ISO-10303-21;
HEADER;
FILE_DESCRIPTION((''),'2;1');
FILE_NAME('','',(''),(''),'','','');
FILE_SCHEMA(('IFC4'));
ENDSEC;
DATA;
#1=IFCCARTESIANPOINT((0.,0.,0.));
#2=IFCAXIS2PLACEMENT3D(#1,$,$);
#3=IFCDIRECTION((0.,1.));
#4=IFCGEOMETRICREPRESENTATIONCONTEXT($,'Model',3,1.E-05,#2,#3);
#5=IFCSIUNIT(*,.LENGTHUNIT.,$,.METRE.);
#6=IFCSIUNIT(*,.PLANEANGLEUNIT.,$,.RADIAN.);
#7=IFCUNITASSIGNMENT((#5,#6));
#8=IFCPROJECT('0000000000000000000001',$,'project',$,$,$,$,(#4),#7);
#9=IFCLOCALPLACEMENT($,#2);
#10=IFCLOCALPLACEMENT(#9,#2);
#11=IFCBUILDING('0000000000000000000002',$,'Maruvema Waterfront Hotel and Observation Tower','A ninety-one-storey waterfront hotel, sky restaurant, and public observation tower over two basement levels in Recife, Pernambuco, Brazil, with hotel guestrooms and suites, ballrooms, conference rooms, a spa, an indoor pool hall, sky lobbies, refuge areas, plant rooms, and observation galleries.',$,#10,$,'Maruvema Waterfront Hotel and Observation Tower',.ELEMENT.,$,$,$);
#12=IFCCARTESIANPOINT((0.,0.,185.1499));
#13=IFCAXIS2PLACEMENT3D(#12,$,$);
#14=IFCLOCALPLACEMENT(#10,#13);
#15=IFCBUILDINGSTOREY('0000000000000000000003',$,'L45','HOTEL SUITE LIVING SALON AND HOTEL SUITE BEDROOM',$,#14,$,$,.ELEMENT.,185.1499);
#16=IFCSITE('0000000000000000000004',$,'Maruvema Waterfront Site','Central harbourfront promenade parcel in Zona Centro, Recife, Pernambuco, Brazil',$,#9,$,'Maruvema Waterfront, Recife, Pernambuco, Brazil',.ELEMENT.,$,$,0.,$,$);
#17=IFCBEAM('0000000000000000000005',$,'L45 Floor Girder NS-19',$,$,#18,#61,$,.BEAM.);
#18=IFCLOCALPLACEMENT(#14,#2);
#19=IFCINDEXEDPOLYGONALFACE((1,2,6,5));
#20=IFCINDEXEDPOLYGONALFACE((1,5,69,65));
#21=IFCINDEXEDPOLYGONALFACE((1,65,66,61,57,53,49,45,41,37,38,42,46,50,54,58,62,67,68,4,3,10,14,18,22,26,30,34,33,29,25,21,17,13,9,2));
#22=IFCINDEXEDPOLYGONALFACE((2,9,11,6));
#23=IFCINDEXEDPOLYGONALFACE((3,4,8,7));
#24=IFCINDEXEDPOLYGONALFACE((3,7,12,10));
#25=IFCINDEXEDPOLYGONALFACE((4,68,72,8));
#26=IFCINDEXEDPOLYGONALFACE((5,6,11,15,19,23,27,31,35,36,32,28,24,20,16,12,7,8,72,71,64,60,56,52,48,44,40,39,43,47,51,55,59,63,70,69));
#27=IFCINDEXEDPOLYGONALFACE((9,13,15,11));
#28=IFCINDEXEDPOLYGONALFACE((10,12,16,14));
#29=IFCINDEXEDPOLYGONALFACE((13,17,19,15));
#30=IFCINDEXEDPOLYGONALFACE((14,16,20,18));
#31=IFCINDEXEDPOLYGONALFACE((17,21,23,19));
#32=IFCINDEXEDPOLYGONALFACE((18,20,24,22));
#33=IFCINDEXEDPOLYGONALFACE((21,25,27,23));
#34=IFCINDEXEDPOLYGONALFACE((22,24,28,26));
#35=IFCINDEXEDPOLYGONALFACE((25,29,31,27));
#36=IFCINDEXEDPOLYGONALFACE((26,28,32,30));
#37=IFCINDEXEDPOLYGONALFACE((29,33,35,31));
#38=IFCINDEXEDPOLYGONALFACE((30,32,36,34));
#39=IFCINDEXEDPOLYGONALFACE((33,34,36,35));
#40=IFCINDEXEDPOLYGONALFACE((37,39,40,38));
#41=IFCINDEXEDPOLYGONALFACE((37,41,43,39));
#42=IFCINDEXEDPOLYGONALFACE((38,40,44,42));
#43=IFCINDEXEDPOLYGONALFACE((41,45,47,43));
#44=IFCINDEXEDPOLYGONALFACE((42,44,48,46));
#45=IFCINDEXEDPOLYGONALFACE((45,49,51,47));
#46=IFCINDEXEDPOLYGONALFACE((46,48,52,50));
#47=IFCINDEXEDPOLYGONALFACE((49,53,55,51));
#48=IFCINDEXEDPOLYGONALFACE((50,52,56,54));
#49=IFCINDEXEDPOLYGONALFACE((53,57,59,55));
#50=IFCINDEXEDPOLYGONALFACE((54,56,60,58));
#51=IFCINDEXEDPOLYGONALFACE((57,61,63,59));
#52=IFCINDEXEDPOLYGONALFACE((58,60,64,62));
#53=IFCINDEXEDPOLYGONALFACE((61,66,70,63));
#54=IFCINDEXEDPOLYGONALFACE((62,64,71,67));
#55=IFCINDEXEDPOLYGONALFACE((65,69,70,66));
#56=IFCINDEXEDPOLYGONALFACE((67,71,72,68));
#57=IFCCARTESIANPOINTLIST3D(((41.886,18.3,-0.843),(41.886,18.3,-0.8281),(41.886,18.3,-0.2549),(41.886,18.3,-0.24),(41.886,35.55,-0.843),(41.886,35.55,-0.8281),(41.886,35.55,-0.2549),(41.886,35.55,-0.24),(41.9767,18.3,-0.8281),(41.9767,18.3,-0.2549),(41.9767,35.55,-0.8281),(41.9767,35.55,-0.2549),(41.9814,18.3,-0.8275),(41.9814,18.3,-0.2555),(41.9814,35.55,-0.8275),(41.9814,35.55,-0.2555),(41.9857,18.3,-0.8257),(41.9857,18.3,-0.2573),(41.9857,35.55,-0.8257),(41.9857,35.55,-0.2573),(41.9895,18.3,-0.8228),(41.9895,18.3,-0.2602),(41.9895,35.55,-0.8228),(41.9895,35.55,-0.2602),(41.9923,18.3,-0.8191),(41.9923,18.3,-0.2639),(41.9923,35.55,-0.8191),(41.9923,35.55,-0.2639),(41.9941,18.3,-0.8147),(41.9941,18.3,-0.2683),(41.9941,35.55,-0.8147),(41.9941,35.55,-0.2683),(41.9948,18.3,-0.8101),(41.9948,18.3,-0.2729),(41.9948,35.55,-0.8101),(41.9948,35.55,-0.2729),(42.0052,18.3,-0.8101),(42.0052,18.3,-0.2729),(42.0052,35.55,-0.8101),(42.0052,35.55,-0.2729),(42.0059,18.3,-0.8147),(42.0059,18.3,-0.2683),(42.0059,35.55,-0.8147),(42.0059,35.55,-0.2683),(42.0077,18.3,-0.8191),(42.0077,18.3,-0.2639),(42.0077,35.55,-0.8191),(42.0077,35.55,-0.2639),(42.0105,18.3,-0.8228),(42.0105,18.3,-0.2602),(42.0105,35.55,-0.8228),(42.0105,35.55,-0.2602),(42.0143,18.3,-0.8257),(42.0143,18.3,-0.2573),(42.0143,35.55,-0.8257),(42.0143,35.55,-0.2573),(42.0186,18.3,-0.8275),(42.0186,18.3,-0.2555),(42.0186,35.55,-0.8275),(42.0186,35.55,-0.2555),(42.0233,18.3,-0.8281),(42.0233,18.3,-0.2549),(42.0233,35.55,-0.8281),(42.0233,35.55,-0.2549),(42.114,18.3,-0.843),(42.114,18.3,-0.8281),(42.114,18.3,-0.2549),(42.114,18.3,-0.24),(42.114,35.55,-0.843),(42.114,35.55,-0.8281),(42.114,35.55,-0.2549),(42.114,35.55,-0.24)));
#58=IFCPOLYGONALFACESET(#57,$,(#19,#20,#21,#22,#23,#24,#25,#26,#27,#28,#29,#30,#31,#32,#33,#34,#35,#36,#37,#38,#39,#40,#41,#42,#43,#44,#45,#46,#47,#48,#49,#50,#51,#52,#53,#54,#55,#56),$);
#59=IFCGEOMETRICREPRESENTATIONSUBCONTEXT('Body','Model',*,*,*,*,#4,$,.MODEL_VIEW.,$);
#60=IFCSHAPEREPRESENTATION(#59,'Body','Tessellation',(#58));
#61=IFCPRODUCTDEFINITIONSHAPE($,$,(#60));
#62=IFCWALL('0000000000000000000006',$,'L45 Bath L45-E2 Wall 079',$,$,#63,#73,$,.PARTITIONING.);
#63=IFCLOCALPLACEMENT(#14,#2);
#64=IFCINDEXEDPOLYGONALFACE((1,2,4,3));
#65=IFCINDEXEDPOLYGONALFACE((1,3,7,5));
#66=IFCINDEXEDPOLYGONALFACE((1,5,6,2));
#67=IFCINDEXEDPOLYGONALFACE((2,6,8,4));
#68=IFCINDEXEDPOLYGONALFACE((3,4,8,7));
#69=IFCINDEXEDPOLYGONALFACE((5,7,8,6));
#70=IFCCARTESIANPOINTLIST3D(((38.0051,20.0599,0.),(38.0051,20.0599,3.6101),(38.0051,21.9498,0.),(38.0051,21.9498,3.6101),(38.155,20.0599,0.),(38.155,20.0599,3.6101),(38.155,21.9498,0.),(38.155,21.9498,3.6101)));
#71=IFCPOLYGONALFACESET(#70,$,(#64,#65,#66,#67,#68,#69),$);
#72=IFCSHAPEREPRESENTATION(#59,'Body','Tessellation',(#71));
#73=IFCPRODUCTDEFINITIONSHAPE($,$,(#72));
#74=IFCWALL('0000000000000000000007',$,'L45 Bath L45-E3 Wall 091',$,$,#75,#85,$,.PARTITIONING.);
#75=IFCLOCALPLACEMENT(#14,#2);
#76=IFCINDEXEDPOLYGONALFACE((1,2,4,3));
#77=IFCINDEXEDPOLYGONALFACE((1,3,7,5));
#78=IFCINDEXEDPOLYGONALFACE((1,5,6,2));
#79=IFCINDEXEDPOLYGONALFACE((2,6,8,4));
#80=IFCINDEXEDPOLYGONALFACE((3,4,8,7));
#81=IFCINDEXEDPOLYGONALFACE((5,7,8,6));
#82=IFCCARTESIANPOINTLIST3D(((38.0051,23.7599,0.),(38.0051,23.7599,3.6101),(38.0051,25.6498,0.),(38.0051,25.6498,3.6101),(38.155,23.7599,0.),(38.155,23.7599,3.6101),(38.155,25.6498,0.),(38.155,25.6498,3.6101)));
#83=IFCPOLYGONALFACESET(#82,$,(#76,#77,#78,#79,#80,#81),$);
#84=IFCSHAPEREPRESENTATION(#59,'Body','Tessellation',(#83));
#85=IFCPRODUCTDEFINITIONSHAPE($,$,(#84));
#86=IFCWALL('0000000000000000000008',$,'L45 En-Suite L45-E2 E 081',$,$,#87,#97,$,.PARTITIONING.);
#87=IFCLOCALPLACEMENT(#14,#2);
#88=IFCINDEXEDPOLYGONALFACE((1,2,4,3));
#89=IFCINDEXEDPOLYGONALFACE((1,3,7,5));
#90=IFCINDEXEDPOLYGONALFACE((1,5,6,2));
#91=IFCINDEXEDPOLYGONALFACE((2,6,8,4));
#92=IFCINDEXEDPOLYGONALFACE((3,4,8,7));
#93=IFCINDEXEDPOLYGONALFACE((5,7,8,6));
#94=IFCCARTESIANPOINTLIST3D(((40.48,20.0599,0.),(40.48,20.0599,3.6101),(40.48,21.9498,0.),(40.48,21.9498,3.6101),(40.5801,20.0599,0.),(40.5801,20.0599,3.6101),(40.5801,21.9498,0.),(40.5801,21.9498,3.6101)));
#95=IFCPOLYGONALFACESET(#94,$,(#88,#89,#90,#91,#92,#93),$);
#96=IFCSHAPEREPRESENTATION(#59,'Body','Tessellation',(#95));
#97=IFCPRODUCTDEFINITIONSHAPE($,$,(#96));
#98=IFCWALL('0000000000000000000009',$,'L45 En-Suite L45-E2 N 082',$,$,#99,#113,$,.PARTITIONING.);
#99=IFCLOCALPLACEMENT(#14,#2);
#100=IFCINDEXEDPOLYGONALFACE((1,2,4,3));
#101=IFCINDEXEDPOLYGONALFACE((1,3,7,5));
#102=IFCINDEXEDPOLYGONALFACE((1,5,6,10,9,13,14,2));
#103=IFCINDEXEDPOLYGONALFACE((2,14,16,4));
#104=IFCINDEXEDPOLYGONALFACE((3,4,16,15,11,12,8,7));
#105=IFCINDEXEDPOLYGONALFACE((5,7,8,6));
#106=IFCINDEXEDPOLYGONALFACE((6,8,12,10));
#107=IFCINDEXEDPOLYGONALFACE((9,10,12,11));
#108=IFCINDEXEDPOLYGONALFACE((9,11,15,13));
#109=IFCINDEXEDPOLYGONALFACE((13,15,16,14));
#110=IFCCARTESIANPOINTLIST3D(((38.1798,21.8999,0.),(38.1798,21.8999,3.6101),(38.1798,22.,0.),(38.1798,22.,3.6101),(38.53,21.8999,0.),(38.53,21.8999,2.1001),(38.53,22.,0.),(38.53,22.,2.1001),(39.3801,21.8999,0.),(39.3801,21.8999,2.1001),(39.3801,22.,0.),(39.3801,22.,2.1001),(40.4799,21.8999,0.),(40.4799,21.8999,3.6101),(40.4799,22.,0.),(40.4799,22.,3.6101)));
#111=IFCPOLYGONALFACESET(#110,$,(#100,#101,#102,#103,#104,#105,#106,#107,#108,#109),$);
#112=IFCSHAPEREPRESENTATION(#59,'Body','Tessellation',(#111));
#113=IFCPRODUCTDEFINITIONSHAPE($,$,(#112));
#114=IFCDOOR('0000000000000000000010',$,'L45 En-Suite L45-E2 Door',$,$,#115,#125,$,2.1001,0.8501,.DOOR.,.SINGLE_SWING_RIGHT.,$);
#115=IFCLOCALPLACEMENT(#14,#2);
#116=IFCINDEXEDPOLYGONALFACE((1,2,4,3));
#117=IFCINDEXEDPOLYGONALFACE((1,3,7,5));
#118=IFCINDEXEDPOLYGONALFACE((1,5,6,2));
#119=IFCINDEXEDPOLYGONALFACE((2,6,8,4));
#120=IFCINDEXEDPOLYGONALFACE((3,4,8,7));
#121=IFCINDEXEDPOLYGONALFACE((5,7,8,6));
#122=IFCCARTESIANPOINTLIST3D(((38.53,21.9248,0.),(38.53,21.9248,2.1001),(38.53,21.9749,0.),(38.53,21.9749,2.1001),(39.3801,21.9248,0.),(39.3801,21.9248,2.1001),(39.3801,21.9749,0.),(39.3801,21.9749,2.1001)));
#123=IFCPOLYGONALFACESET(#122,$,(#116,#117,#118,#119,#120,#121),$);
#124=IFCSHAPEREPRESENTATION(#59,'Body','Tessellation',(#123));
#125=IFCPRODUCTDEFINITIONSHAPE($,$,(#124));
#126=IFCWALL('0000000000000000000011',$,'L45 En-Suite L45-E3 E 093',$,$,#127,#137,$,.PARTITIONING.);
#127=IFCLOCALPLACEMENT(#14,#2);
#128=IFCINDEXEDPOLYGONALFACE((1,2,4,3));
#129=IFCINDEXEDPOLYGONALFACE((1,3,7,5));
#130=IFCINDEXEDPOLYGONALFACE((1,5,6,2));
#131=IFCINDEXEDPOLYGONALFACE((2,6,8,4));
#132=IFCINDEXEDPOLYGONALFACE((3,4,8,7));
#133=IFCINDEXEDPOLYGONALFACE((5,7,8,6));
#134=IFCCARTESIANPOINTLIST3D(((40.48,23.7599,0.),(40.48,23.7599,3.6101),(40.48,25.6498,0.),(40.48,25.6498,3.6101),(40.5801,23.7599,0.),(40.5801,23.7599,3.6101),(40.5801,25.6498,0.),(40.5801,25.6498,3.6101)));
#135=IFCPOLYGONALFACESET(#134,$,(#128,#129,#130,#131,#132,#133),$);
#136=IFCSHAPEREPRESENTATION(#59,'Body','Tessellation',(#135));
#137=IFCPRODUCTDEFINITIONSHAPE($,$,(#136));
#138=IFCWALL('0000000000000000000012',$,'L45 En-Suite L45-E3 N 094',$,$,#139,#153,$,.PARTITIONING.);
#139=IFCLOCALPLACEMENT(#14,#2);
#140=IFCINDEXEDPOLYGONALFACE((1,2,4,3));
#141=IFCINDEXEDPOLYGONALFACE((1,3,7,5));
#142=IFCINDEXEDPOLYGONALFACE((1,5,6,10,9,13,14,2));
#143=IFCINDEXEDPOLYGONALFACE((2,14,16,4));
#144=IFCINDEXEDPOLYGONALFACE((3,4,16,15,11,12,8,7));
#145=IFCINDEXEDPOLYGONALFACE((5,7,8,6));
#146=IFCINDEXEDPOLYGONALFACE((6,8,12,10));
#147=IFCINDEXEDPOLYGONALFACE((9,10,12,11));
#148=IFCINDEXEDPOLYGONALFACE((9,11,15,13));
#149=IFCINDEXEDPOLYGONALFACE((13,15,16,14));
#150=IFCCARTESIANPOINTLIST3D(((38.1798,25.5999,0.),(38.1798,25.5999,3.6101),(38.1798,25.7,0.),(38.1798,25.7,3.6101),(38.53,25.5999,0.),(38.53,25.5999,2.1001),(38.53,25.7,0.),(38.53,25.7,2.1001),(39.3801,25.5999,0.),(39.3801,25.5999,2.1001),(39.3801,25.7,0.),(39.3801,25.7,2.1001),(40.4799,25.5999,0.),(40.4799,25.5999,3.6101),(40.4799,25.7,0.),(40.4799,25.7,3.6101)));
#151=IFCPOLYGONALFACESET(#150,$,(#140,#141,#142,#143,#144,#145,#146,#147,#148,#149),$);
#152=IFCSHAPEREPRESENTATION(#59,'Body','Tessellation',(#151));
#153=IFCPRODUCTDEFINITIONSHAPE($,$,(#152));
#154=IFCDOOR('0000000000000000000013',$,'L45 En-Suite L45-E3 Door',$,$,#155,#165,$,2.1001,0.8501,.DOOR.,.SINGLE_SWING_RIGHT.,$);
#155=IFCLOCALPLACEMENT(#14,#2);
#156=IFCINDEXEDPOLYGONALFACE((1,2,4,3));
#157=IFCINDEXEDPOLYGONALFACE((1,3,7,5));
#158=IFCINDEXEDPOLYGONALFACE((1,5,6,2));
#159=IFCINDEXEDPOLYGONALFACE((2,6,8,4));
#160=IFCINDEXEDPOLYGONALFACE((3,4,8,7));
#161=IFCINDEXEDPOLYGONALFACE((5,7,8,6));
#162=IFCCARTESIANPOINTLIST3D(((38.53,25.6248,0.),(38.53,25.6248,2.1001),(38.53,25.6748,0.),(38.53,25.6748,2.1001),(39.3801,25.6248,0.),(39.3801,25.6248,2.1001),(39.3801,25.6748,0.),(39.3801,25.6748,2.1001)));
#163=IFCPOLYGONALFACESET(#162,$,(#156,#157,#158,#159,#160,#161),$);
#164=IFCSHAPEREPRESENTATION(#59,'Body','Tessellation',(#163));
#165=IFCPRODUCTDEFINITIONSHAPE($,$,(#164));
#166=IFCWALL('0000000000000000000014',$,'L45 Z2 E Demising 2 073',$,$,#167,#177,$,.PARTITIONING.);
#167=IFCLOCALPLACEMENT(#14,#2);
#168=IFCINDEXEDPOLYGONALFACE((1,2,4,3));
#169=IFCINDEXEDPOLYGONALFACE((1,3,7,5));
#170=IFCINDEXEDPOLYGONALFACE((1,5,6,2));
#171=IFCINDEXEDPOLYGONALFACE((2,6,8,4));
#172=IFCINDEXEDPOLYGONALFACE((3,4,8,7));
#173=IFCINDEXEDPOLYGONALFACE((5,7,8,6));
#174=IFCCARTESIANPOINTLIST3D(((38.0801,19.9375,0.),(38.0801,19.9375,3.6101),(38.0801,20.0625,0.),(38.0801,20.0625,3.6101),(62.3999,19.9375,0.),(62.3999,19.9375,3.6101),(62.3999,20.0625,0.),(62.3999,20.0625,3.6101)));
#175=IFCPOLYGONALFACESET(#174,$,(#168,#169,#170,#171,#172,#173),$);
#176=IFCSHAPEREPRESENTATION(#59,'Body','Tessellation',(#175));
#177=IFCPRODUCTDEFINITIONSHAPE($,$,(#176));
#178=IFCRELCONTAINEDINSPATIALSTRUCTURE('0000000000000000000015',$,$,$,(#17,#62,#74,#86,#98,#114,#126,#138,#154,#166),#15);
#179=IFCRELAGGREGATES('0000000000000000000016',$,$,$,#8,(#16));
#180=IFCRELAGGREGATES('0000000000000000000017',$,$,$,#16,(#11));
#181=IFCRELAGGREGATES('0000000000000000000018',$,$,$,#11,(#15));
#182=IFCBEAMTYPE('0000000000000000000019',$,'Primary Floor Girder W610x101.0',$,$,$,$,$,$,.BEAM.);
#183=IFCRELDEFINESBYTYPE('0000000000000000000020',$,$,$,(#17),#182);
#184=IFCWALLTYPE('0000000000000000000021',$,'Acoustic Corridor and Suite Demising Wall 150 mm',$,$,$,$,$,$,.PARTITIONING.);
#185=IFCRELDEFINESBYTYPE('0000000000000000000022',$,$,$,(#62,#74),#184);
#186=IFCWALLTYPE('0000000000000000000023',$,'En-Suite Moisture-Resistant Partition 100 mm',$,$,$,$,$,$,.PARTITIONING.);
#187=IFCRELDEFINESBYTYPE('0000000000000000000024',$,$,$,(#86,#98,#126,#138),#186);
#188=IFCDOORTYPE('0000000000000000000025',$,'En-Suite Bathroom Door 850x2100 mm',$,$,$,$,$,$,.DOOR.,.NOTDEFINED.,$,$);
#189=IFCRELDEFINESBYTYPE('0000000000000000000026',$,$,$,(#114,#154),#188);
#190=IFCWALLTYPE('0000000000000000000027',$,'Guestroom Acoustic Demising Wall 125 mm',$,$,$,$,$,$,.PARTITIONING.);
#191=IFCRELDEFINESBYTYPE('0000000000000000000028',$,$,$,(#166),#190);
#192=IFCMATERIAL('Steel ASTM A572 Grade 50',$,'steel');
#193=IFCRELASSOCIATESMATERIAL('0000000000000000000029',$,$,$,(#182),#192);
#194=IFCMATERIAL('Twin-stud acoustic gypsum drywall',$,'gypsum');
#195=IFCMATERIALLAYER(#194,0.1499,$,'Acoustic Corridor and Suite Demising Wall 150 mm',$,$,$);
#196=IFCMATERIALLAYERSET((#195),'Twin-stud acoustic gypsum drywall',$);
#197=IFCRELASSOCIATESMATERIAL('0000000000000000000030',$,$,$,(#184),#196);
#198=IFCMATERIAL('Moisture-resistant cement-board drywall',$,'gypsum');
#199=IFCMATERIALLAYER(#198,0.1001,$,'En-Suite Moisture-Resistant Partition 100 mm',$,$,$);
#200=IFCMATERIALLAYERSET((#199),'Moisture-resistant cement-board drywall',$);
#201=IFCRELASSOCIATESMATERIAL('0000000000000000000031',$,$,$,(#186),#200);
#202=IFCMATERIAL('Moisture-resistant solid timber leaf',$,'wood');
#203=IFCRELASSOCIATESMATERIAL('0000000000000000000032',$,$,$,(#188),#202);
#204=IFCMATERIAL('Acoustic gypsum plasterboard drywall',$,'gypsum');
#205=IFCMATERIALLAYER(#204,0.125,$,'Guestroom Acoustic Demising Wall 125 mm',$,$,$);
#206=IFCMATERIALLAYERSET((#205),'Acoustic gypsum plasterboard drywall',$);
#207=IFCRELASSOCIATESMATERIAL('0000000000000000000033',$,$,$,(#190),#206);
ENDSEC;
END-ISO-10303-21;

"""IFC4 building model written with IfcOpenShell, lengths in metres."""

from ifc_helpers import new_model, si_unit, direction, frame, frame_2d, origin, origin_2d, place, context, subcontext, project, spatial, rectangle, i_section, extrude, material, layer, layer_set, material_profile, profile_set, type_object, element, fill, save


model = new_model("IFC4")

# Units and contexts
model_context = context("Model", 3, precision=1e-05, world=origin(), true_north=direction((0.0, 1.0)))
body_context = subcontext(model_context, "Body", "Model", "MODEL_VIEW")
ifc_project = project(units=[si_unit("LENGTHUNIT", "METRE"), si_unit("PLANEANGLEUNIT", "RADIAN")], contexts=[model_context])

# Site, building, storey
site_placement = place(None, origin())
site = spatial("IfcSite", under=ifc_project, at=site_placement, Name="Maruvema Waterfront Site", Description="Central harbourfront promenade parcel in Zona Centro, Recife, Pernambuco, Brazil", LongName="Maruvema Waterfront, Recife, Pernambuco, Brazil", CompositionType="ELEMENT", RefElevation=0.0)
building_placement = place(site_placement, origin())
building = spatial("IfcBuilding", under=site, at=building_placement, Name="Maruvema Waterfront Hotel and Observation Tower", Description="A ninety-one-storey waterfront hotel, sky restaurant, and public observation tower over two basement levels in Recife, Pernambuco, Brazil, with hotel guestrooms and suites, ballrooms, conference rooms, a spa, an indoor pool hall, sky lobbies, refuge areas, plant rooms, and observation galleries.", LongName="Maruvema Waterfront Hotel and Observation Tower", CompositionType="ELEMENT")
storey_placement = place(building_placement, frame((0.0, 0.0, 185.1499)))
storey = spatial("IfcBuildingStorey", under=building, at=storey_placement, Name="L45", Description="HOTEL SUITE LIVING SALON AND HOTEL SUITE BEDROOM", CompositionType="ELEMENT", Elevation=185.1499)

# Beam
ifc_material_1 = material(Name="Steel ASTM A572 Grade 50", Category="steel")
ifc_material_profile = material_profile(ifc_material_1, i_section(OverallWidth=0.228, OverallDepth=0.603, WebThickness=0.0105, FlangeThickness=0.0149, FilletRadius=0.0181, at=origin_2d()), Name="W610x101.0")
ifc_profile_set = profile_set([ifc_material_profile], Name="Steel ASTM A572 Grade 50")
beam_type = type_object("IfcBeamType", Name="Primary Floor Girder W610x101.0", PredefinedType="BEAM", material=ifc_profile_set)
beam_placement = place(storey_placement, frame((42.0, 18.3, -0.5415), z_axis=(0.0, 1.0, 0.0), x_axis=(-1.0, 0.0, 0.0)))
element("IfcBeam", 1, at=beam_placement, inside=storey, type_object=beam_type, Name="L45 Floor Girder NS-19", PredefinedType="BEAM", context=body_context, shape_type="SweptSolid", body=[
    extrude(i_section(OverallWidth=0.228, OverallDepth=0.603, WebThickness=0.0105, FlangeThickness=0.0149, FilletRadius=0.0181, at=origin_2d()), origin(), (0.0, 0.0, 1.0), 17.25),
])

# Wall
ifc_material_2 = material(Name="Twin-stud acoustic gypsum drywall", Category="gypsum")
ifc_layer_1 = layer(ifc_material_2, 0.1499, Name="Acoustic Corridor and Suite Demising Wall 150 mm")
ifc_layer_set_1 = layer_set([ifc_layer_1], Name="Twin-stud acoustic gypsum drywall")
wall_type_1 = type_object("IfcWallType", Name="Acoustic Corridor and Suite Demising Wall 150 mm", PredefinedType="PARTITIONING", material=ifc_layer_set_1)
wall_1_placement = place(storey_placement, frame((38.0801, 20.0601, 0.0), z_axis=(0.0, 0.0, 1.0), x_axis=(0.0, 1.0, 0.0)))
element("IfcWall", 2, at=wall_1_placement, inside=storey, type_object=wall_type_1, Name="L45 Bath L45-E2 Wall 079", PredefinedType="PARTITIONING", context=body_context, shape_type="SweptSolid", body=[
    extrude(rectangle(XDim=1.8899, YDim=0.1499, at=frame_2d((0.9448, 0.0))), origin(), (0.0, 0.0, 1.0), 3.6101),
])

# Wall
wall_2_placement = place(storey_placement, frame((38.0801, 23.76, 0.0), z_axis=(0.0, 0.0, 1.0), x_axis=(0.0, 1.0, 0.0)))
element("IfcWall", 3, at=wall_2_placement, inside=storey, type_object=wall_type_1, Name="L45 Bath L45-E3 Wall 091", PredefinedType="PARTITIONING", context=body_context, shape_type="SweptSolid", body=[
    extrude(rectangle(XDim=1.8899, YDim=0.1499, at=frame_2d((0.9448, 0.0))), origin(), (0.0, 0.0, 1.0), 3.6101),
])

# Wall
ifc_material_3 = material(Name="Moisture-resistant cement-board drywall", Category="gypsum")
ifc_layer_2 = layer(ifc_material_3, 0.1001, Name="En-Suite Moisture-Resistant Partition 100 mm")
ifc_layer_set_2 = layer_set([ifc_layer_2], Name="Moisture-resistant cement-board drywall")
wall_type_2 = type_object("IfcWallType", Name="En-Suite Moisture-Resistant Partition 100 mm", PredefinedType="PARTITIONING", material=ifc_layer_set_2)
wall_3_placement = place(storey_placement, frame((40.53, 20.0601, 0.0), z_axis=(0.0, 0.0, 1.0), x_axis=(0.0, 1.0, 0.0)))
element("IfcWall", 4, at=wall_3_placement, inside=storey, type_object=wall_type_2, Name="L45 En-Suite L45-E2 E 081", PredefinedType="PARTITIONING", context=body_context, shape_type="SweptSolid", body=[
    extrude(rectangle(XDim=1.8899, YDim=0.1001, at=frame_2d((0.9448, 0.0))), origin(), (0.0, 0.0, 1.0), 3.6101),
])

# Wall, opening, door
wall_4_placement = place(storey_placement, frame((38.1799, 21.95, 0.0), z_axis=(0.0, 0.0, 1.0), x_axis=(1.0, 0.0, 0.0)))
wall_4 = element("IfcWall", 5, at=wall_4_placement, inside=storey, type_object=wall_type_2, Name="L45 En-Suite L45-E2 N 082", PredefinedType="PARTITIONING", context=body_context, shape_type="SweptSolid", body=[
    extrude(rectangle(XDim=2.3, YDim=0.1001, at=frame_2d((1.1499, 0.0))), origin(), (0.0, 0.0, 1.0), 3.6101),
])
opening_1_placement = place(wall_4_placement, frame((0.3501, 0.0, 0.0)))
opening_1 = element("IfcOpeningElement", 6, at=opening_1_placement, cuts=wall_4, PredefinedType="OPENING", context=body_context, shape_type="SweptSolid", body=[
    extrude(rectangle(XDim=0.8501, YDim=2.1001, at=frame_2d((0.425, 1.05))), frame((0.0, 0.0601, 0.0), z_axis=(0.0, -1.0, 0.0), x_axis=(1.0, 0.0, 0.0)), (0.0, 0.0, 1.0), 0.1201),
])
ifc_material_4 = material(Name="Moisture-resistant solid timber leaf", Category="wood")
door_type_1 = type_object("IfcDoorType", Name="En-Suite Bathroom Door 850x2100 mm", OperationType="NOTDEFINED", PredefinedType="DOOR", material=ifc_material_4)
door_1_placement = place(opening_1_placement, origin())
door_1 = element("IfcDoor", 7, at=door_1_placement, inside=storey, type_object=door_type_1, Name="L45 En-Suite L45-E2 Door", OperationType="SINGLE_SWING_RIGHT", OverallHeight=2.1001, OverallWidth=0.8501, PredefinedType="DOOR", context=body_context, shape_type="SweptSolid", body=[
    extrude(rectangle(XDim=0.8501, YDim=2.1001, at=frame_2d((0.425, 1.05))), frame((0.0, 0.0249, 0.0), z_axis=(0.0, -1.0, 0.0), x_axis=(1.0, 0.0, 0.0)), (0.0, 0.0, 1.0), 0.05),
])
fill(opening_1, door_1)

# Wall
wall_5_placement = place(storey_placement, frame((40.53, 23.76, 0.0), z_axis=(0.0, 0.0, 1.0), x_axis=(0.0, 1.0, 0.0)))
element("IfcWall", 8, at=wall_5_placement, inside=storey, type_object=wall_type_2, Name="L45 En-Suite L45-E3 E 093", PredefinedType="PARTITIONING", context=body_context, shape_type="SweptSolid", body=[
    extrude(rectangle(XDim=1.8899, YDim=0.1001, at=frame_2d((0.9448, 0.0))), origin(), (0.0, 0.0, 1.0), 3.6101),
])

# Wall, opening, door
wall_6_placement = place(storey_placement, frame((38.1799, 25.6499, 0.0), z_axis=(0.0, 0.0, 1.0), x_axis=(1.0, 0.0, 0.0)))
wall_6 = element("IfcWall", 9, at=wall_6_placement, inside=storey, type_object=wall_type_2, Name="L45 En-Suite L45-E3 N 094", PredefinedType="PARTITIONING", context=body_context, shape_type="SweptSolid", body=[
    extrude(rectangle(XDim=2.3, YDim=0.1001, at=frame_2d((1.1499, 0.0))), origin(), (0.0, 0.0, 1.0), 3.6101),
])
opening_2_placement = place(wall_6_placement, frame((0.3501, 0.0, 0.0)))
opening_2 = element("IfcOpeningElement", 10, at=opening_2_placement, cuts=wall_6, PredefinedType="OPENING", context=body_context, shape_type="SweptSolid", body=[
    extrude(rectangle(XDim=0.8501, YDim=2.1001, at=frame_2d((0.425, 1.05))), frame((0.0, 0.0601, 0.0), z_axis=(0.0, -1.0, 0.0), x_axis=(1.0, 0.0, 0.0)), (0.0, 0.0, 1.0), 0.1201),
])
door_2_placement = place(opening_2_placement, origin())
door_2 = element("IfcDoor", 11, at=door_2_placement, inside=storey, type_object=door_type_1, Name="L45 En-Suite L45-E3 Door", OperationType="SINGLE_SWING_RIGHT", OverallHeight=2.1001, OverallWidth=0.8501, PredefinedType="DOOR", context=body_context, shape_type="SweptSolid", body=[
    extrude(rectangle(XDim=0.8501, YDim=2.1001, at=frame_2d((0.425, 1.05))), frame((0.0, 0.0249, 0.0), z_axis=(0.0, -1.0, 0.0), x_axis=(1.0, 0.0, 0.0)), (0.0, 0.0, 1.0), 0.05),
])
fill(opening_2, door_2)

# Wall
ifc_material_5 = material(Name="Acoustic gypsum plasterboard drywall", Category="gypsum")
ifc_layer_3 = layer(ifc_material_5, 0.125, Name="Guestroom Acoustic Demising Wall 125 mm")
ifc_layer_set_3 = layer_set([ifc_layer_3], Name="Acoustic gypsum plasterboard drywall")
wall_type_3 = type_object("IfcWallType", Name="Guestroom Acoustic Demising Wall 125 mm", PredefinedType="PARTITIONING", material=ifc_layer_set_3)
for number, where, z_axis, x_axis, name in (
    (12, (38.0801, 20.0, 0.0), (0.0, 0.0, 1.0), (1.0, 0.0, 0.0), "L45 Z2 E Demising 2 073"),
):
    element("IfcWall", number, at=place(storey_placement, frame(where, z_axis=z_axis, x_axis=x_axis)), inside=storey, type_object=wall_type_3, Name=name, PredefinedType="PARTITIONING", context=body_context, shape_type="SweptSolid", body=[
        extrude(rectangle(XDim=24.3198, YDim=0.125, at=frame_2d((12.1599, 0.0))), origin(), (0.0, 0.0, 1.0), 3.6101),
    ])

save(model, "model.ifc")
